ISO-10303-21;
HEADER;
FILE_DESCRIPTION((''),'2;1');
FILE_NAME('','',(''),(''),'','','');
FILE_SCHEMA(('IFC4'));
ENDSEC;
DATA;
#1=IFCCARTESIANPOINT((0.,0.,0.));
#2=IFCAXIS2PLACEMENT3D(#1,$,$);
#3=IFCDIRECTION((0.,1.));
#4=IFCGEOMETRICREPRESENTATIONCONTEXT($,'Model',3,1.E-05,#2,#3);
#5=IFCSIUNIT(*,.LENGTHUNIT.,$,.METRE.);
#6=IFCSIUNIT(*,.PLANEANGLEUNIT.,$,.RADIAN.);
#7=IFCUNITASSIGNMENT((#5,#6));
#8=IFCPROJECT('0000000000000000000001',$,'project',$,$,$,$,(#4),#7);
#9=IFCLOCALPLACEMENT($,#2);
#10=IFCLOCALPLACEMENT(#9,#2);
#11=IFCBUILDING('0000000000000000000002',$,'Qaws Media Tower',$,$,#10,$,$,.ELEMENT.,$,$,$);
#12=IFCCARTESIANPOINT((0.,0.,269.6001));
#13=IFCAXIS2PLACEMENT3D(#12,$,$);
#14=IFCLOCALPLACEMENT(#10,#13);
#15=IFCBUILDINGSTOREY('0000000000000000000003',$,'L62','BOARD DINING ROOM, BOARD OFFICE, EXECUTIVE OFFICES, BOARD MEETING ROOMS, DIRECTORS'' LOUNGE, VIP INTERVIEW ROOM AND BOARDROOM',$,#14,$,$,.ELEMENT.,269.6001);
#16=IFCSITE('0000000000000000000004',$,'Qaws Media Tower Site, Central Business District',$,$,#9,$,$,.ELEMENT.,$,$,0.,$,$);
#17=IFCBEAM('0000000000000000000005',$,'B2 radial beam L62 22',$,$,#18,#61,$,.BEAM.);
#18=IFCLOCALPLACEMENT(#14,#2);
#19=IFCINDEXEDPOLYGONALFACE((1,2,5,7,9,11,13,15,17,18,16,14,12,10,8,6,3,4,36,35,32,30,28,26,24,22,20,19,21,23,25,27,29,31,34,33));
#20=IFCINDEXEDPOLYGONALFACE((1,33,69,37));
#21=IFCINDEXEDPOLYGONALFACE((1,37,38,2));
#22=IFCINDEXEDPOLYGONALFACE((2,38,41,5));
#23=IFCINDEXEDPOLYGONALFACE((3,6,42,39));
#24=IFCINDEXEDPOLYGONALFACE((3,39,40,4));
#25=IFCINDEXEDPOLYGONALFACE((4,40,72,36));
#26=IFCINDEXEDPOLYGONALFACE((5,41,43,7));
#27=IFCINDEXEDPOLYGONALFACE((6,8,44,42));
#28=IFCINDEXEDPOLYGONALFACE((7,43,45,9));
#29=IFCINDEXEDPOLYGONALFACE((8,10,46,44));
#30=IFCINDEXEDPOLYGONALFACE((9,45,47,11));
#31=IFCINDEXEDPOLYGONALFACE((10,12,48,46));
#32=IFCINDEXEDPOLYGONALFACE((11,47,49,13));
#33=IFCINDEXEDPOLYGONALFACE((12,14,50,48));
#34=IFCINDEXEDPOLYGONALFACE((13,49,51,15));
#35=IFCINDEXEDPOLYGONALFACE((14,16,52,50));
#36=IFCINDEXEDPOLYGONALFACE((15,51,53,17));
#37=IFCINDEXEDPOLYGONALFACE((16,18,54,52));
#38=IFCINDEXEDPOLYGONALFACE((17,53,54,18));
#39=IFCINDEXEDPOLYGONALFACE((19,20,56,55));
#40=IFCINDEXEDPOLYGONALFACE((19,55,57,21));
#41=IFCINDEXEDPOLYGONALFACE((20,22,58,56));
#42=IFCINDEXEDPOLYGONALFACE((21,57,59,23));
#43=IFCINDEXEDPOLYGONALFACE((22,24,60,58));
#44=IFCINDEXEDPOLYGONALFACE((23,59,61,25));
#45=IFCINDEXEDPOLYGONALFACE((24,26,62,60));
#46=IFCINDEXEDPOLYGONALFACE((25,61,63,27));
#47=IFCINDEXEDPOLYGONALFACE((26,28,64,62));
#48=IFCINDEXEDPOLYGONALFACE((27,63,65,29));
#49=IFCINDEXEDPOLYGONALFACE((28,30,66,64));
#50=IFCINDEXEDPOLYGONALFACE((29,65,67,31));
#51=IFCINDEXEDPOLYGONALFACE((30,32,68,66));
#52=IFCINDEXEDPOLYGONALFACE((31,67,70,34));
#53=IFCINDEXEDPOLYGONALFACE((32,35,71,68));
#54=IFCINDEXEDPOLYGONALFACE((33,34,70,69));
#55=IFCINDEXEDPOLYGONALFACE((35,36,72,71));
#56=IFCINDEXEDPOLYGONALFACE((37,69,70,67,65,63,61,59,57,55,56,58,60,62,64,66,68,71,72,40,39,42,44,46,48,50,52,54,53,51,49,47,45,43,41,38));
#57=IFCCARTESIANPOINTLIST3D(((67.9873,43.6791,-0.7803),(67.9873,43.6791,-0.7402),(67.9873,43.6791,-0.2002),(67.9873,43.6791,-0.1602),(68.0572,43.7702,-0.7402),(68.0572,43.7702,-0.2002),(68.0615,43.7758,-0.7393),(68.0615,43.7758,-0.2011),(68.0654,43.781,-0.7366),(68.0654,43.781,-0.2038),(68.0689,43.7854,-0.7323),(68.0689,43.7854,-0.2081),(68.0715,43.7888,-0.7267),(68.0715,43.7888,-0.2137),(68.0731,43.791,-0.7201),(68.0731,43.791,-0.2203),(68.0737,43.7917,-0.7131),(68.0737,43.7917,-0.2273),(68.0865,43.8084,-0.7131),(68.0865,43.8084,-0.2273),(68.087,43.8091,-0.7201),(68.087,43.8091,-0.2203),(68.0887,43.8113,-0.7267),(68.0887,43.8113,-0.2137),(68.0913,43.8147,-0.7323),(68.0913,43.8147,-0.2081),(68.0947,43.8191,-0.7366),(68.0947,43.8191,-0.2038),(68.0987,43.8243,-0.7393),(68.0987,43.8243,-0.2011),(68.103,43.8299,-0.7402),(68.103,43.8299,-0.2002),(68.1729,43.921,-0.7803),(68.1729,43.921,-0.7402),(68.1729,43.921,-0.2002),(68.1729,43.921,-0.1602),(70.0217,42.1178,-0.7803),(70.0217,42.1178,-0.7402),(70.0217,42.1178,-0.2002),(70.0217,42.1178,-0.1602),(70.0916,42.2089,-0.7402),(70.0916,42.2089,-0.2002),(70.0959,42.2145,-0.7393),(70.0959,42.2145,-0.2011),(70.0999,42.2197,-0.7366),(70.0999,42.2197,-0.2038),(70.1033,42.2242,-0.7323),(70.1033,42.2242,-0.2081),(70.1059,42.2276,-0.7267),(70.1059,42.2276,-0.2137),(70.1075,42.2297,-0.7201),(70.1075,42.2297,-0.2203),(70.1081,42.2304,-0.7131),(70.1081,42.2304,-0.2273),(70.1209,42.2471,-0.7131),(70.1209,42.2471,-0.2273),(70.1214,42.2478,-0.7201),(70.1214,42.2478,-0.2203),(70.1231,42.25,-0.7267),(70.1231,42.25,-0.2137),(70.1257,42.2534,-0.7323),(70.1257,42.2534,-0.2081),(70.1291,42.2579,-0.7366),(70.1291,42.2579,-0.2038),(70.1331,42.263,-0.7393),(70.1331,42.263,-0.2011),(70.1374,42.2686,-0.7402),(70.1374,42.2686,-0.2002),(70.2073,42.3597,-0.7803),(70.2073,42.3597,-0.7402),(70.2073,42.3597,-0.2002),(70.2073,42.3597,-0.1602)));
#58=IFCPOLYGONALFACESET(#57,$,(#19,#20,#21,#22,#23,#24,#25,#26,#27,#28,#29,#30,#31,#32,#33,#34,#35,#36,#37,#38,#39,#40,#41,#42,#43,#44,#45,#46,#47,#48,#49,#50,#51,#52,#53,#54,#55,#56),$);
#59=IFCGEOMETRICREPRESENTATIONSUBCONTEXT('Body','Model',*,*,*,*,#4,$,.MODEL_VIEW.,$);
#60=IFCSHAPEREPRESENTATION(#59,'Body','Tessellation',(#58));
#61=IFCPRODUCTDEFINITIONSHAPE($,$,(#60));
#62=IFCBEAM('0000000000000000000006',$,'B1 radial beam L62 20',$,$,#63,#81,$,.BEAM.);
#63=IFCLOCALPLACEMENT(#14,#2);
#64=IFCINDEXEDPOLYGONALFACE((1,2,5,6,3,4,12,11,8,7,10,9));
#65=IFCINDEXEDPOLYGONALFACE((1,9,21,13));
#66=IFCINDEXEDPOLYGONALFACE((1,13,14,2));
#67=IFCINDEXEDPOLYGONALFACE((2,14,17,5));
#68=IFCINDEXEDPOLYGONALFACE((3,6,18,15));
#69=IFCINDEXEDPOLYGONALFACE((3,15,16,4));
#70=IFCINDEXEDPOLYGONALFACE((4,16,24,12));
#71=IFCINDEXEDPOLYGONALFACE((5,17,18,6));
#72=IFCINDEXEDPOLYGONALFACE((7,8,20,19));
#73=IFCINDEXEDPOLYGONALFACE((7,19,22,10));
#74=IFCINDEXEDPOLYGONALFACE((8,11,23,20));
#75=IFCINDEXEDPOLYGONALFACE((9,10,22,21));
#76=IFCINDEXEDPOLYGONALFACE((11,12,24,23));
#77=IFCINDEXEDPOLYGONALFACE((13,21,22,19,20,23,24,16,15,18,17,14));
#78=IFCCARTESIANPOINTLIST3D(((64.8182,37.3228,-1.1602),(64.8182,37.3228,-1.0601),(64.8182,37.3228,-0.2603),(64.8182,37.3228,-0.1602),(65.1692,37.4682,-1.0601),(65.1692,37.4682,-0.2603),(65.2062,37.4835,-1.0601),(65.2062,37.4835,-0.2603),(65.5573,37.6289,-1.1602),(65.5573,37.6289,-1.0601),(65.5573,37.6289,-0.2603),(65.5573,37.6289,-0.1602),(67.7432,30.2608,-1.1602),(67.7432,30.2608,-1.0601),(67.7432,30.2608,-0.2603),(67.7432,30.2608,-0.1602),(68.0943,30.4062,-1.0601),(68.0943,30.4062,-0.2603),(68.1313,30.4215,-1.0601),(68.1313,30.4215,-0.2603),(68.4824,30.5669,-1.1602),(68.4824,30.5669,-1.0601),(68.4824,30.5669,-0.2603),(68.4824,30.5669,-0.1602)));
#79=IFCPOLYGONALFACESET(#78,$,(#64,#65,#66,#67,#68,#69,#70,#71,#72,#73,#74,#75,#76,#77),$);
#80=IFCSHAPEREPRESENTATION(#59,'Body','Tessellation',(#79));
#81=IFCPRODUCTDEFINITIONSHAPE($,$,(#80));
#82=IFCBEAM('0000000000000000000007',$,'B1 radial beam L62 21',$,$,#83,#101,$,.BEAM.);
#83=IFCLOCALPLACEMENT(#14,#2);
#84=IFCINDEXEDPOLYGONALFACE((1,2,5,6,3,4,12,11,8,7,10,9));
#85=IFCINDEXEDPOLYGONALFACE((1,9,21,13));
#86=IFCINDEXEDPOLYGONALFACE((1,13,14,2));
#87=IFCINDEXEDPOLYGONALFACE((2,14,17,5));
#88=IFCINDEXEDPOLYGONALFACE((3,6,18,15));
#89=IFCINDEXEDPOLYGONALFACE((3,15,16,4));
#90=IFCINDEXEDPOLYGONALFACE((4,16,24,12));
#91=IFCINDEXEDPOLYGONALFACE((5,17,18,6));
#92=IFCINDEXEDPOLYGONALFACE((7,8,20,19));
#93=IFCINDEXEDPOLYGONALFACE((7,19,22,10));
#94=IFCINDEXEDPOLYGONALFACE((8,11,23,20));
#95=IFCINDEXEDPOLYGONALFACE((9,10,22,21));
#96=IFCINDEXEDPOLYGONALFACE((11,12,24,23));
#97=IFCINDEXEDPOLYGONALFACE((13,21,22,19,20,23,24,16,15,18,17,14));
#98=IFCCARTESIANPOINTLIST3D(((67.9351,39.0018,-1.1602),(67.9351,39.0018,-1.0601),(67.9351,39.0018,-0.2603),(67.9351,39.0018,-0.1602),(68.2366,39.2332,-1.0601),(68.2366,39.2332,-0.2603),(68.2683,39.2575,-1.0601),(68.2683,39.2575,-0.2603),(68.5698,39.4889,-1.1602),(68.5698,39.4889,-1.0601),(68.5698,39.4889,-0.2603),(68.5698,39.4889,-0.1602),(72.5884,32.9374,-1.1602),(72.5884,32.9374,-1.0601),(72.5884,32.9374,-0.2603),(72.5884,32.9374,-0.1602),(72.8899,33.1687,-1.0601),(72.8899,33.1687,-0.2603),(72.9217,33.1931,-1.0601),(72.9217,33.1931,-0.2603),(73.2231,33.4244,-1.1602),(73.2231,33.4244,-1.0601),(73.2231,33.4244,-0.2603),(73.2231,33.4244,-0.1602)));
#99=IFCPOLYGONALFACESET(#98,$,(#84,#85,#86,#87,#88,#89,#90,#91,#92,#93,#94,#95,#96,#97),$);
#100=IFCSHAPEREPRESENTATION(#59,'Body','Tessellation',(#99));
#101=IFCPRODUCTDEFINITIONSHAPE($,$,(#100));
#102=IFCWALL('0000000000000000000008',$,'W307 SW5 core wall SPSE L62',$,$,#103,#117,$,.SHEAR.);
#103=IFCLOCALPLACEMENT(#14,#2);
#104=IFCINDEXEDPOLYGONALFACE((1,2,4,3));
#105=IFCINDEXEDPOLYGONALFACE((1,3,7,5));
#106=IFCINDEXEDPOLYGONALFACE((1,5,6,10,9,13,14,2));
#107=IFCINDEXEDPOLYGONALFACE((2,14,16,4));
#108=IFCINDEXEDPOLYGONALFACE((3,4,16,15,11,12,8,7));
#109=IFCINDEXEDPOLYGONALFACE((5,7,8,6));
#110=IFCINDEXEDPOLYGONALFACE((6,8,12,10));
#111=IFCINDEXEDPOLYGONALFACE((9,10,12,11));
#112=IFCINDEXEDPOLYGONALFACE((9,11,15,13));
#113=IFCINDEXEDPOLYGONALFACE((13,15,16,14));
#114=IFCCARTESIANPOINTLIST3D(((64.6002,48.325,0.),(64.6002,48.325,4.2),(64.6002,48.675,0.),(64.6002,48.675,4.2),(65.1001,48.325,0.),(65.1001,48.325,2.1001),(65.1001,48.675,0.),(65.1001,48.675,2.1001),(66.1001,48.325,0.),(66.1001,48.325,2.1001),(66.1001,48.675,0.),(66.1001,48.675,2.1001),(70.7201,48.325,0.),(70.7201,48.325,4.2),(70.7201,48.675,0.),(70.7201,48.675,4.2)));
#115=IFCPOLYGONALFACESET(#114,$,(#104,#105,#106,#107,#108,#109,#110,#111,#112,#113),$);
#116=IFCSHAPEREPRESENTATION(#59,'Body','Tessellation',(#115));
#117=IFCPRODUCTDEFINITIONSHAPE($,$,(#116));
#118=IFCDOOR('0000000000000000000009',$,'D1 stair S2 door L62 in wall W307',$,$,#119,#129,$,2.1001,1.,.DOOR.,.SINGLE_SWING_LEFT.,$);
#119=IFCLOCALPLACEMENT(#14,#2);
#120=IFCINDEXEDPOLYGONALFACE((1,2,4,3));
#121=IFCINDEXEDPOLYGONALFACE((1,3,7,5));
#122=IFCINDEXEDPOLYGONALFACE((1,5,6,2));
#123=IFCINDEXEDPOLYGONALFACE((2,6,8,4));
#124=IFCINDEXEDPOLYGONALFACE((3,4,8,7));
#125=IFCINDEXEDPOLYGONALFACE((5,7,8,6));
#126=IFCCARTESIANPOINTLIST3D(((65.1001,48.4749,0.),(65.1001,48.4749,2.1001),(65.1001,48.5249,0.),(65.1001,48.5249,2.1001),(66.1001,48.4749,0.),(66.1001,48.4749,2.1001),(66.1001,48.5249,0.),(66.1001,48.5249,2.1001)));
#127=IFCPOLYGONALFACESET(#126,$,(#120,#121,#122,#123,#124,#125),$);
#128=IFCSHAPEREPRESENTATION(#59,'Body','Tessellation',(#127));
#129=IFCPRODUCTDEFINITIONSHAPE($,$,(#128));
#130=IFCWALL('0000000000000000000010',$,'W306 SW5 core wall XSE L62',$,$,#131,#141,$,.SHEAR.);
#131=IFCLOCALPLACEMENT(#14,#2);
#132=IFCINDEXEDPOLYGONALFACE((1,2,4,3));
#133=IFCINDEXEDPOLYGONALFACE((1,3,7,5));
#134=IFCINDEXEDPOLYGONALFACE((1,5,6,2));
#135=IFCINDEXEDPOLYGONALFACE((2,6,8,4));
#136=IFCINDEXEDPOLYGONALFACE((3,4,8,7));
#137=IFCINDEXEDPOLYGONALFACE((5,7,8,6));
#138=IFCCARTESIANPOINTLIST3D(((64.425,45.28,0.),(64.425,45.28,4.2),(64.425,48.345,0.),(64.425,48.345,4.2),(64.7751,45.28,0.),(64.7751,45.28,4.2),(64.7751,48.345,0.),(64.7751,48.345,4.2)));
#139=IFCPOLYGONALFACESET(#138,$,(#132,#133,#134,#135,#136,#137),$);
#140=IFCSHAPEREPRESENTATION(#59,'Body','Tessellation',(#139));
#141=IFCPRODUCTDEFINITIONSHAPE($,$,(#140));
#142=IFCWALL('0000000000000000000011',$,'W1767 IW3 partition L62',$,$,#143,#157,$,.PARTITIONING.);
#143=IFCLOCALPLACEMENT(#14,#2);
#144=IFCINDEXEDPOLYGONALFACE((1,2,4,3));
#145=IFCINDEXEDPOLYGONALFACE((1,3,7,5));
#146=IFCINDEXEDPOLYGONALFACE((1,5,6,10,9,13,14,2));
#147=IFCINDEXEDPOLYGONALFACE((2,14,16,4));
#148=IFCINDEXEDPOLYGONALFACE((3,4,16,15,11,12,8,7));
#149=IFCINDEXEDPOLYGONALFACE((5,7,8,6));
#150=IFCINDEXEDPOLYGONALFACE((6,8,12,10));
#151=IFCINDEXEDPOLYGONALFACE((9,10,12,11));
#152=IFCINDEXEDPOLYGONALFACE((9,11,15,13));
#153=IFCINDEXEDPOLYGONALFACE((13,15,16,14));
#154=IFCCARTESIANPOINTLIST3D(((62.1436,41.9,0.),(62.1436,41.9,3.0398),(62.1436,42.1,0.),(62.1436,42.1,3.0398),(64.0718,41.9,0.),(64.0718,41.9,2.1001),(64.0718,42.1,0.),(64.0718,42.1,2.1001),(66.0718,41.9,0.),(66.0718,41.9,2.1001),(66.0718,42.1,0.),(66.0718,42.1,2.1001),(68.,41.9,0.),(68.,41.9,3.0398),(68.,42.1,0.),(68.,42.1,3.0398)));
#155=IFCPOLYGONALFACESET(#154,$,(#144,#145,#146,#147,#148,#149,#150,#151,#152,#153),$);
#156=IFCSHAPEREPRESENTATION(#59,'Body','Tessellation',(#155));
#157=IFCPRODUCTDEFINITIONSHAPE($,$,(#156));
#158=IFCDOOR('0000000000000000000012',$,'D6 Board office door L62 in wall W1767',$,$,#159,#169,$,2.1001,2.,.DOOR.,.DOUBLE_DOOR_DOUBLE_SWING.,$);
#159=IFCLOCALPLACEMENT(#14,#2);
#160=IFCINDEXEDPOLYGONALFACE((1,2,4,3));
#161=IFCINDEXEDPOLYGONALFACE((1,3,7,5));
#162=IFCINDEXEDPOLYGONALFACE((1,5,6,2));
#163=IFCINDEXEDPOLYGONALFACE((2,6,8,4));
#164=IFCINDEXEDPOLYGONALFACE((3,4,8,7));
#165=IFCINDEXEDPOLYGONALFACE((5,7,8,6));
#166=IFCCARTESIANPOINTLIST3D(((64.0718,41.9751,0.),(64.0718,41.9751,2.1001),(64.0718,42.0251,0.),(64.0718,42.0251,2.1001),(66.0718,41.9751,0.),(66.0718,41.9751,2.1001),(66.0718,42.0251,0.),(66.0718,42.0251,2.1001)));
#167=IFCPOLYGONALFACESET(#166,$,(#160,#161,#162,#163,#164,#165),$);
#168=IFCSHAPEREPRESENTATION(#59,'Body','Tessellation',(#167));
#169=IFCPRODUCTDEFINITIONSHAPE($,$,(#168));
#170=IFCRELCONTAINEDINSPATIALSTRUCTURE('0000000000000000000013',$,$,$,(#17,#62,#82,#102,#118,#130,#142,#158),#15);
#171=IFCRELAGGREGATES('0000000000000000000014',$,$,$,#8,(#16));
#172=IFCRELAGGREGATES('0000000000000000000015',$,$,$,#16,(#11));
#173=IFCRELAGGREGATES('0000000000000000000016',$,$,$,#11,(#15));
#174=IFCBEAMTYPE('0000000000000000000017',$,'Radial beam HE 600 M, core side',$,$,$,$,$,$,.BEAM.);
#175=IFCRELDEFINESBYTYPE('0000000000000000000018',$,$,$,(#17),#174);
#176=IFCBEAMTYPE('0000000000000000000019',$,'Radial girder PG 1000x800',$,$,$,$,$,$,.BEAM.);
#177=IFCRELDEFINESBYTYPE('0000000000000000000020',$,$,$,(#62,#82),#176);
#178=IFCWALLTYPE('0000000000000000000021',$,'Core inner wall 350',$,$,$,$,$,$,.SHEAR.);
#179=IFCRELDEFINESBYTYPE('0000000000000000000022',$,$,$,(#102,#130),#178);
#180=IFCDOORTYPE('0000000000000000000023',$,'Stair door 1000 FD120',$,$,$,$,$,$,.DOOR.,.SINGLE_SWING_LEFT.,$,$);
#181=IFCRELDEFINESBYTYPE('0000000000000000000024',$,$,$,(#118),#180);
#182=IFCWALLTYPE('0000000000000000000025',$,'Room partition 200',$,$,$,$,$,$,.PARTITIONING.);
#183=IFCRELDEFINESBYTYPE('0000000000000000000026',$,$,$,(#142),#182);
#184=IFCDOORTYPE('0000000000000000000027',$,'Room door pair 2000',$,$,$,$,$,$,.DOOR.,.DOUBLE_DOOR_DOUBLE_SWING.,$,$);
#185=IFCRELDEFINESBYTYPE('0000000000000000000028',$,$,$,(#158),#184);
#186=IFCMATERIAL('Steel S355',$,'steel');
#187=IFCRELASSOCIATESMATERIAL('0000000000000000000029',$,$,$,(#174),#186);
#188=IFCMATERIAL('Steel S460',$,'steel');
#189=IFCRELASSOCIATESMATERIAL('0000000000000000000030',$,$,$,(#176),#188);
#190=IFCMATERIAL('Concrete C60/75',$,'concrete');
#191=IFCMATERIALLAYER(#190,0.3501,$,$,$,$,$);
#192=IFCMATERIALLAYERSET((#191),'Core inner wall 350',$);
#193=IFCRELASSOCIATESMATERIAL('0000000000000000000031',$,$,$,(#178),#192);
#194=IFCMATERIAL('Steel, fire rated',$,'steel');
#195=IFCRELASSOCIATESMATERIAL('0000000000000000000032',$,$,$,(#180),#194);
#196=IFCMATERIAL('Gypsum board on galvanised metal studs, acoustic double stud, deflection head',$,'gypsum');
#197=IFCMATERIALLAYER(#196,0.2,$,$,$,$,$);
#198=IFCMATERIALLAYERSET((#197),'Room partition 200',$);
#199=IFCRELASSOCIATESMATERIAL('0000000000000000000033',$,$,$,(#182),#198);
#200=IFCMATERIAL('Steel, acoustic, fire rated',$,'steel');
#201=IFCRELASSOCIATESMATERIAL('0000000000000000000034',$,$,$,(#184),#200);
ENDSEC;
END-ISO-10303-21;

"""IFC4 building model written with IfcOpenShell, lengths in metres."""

from ifc_helpers import new_model, si_unit, direction, frame, frame_2d, origin, origin_2d, place, context, subcontext, project, spatial, rectangle, i_section, extrude, material, layer, layer_set, material_profile, profile_set, type_object, element, fill, save


model = new_model("IFC4")

# Units and contexts
model_context = context("Model", 3, precision=1e-05, world=origin(), true_north=direction((0.0, 1.0)))
body_context = subcontext(model_context, "Body", "Model", "MODEL_VIEW")
ifc_project = project(units=[si_unit("LENGTHUNIT", "METRE"), si_unit("PLANEANGLEUNIT", "RADIAN")], contexts=[model_context])

# Site, building, storey
site_placement = place(None, origin())
site = spatial("IfcSite", under=ifc_project, at=site_placement, Name="Qaws Media Tower Site, Central Business District", CompositionType="ELEMENT", RefElevation=0.0)
building_placement = place(site_placement, origin())
building = spatial("IfcBuilding", under=site, at=building_placement, Name="Qaws Media Tower", CompositionType="ELEMENT")
storey_placement = place(building_placement, frame((0.0, 0.0, 269.6001)))
storey = spatial("IfcBuildingStorey", under=building, at=storey_placement, Name="L62", Description="BOARD DINING ROOM, BOARD OFFICE, EXECUTIVE OFFICES, BOARD MEETING ROOMS, DIRECTORS' LOUNGE, VIP INTERVIEW ROOM AND BOARDROOM", CompositionType="ELEMENT", Elevation=269.6001)

# Beams
ifc_material_1 = material(Name="Steel S355", Category="steel")
ifc_material_profile_1 = material_profile(ifc_material_1, i_section(OverallWidth=0.3049, OverallDepth=0.6201, WebThickness=0.021, FlangeThickness=0.04, FilletRadius=0.0271, at=origin_2d()), Name="HE 600 M")
ifc_profile_set_1 = profile_set([ifc_material_profile_1], Name="Steel S355")
beam_type_1 = type_object("IfcBeamType", Name="Radial beam HE 600 M, core side", PredefinedType="BEAM", material=ifc_profile_set_1)
beam_1_placement = place(storey_placement, frame((68.0801, 43.8, -0.4702), z_axis=(0.793314, -0.608813, 0.0), x_axis=(0.608813, 0.793314, 0.0)))
element("IfcBeam", 1, at=beam_1_placement, inside=storey, type_object=beam_type_1, Name="B2 radial beam L62 22", PredefinedType="BEAM", context=body_context, shape_type="SweptSolid", body=[
    extrude(i_section(OverallWidth=0.3049, OverallDepth=0.6201, WebThickness=0.021, FlangeThickness=0.04, FilletRadius=0.0271, at=origin_2d()), origin(), (0.0, 0.0, 1.0), 2.5645),
])
ifc_material_2 = material(Name="Steel S460", Category="steel")
ifc_material_profile_2 = material_profile(ifc_material_2, i_section(OverallWidth=0.8, OverallDepth=1.0, WebThickness=0.04, FlangeThickness=0.1001, at=origin_2d()), Name="PG 1000x800")
ifc_profile_set_2 = profile_set([ifc_material_profile_2], Name="Steel S460")
beam_type_2 = type_object("IfcBeamType", Name="Radial girder PG 1000x800", PredefinedType="BEAM", material=ifc_profile_set_2)
beam_2_placement = place(storey_placement, frame((65.1877, 37.4758, -0.6602), z_axis=(0.382669, -0.923886, 0.0), x_axis=(0.923886, 0.382669, 0.0)))
element("IfcBeam", 2, at=beam_2_placement, inside=storey, type_object=beam_type_2, Name="B1 radial beam L62 20", PredefinedType="BEAM", context=body_context, shape_type="SweptSolid", body=[
    extrude(i_section(OverallWidth=0.8, OverallDepth=1.0, WebThickness=0.04, FlangeThickness=0.1001, at=origin_2d()), origin(), (0.0, 0.0, 1.0), 7.6438),
])
beam_3_placement = place(storey_placement, frame((68.2524, 39.2454, -0.6602), z_axis=(0.608753, -0.79336, 0.0), x_axis=(0.79336, 0.608753, 0.0)))
element("IfcBeam", 3, at=beam_3_placement, inside=storey, type_object=beam_type_2, Name="B1 radial beam L62 21", PredefinedType="BEAM", context=body_context, shape_type="SweptSolid", body=[
    extrude(i_section(OverallWidth=0.8, OverallDepth=1.0, WebThickness=0.04, FlangeThickness=0.1001, at=origin_2d()), origin(), (0.0, 0.0, 1.0), 7.644),
])

# Wall, opening, door
ifc_material_3 = material(Name="Concrete C60/75", Category="concrete")
ifc_layer_1 = layer(ifc_material_3, 0.3501)
ifc_layer_set_1 = layer_set([ifc_layer_1], Name="Core inner wall 350")
wall_type_1 = type_object("IfcWallType", Name="Core inner wall 350", PredefinedType="SHEAR", material=ifc_layer_set_1)
wall_1_placement = place(storey_placement, frame((64.6001, 48.5, 0.0), z_axis=(0.0, 0.0, 1.0), x_axis=(1.0, 0.0, 0.0)))
wall_1 = element("IfcWall", 4, at=wall_1_placement, inside=storey, type_object=wall_type_1, Name="W307 SW5 core wall SPSE L62", PredefinedType="SHEAR", context=body_context, shape_type="SweptSolid", body=[
    extrude(rectangle(XDim=6.1199, YDim=0.3501, at=frame_2d((3.0601, 0.0))), origin(), (0.0, 0.0, 1.0), 4.2),
])
opening_1_placement = place(wall_1_placement, frame((0.5, 0.0, 0.0)))
opening_1 = element("IfcOpeningElement", 5, at=opening_1_placement, cuts=wall_1, PredefinedType="OPENING", context=body_context, shape_type="SweptSolid", body=[
    extrude(rectangle(XDim=1.0, YDim=2.1001, at=frame_2d((0.5, 1.05))), frame((0.0, 0.1851, 0.0), z_axis=(0.0, -1.0, 0.0), x_axis=(1.0, 0.0, 0.0)), (0.0, 0.0, 1.0), 0.3701),
])
ifc_material_4 = material(Name="Steel, fire rated", Category="steel")
door_type_1 = type_object("IfcDoorType", Name="Stair door 1000 FD120", OperationType="SINGLE_SWING_LEFT", PredefinedType="DOOR", material=ifc_material_4)
door_1_placement = place(opening_1_placement, origin())
door_1 = element("IfcDoor", 6, at=door_1_placement, inside=storey, type_object=door_type_1, Name="D1 stair S2 door L62 in wall W307", OperationType="SINGLE_SWING_LEFT", OverallHeight=2.1001, OverallWidth=1.0, PredefinedType="DOOR", context=body_context, shape_type="SweptSolid", body=[
    extrude(rectangle(XDim=1.0, YDim=2.1001, at=frame_2d((0.5, 1.05))), frame((0.0, 0.0249, 0.0), z_axis=(0.0, -1.0, 0.0), x_axis=(1.0, 0.0, 0.0)), (0.0, 0.0, 1.0), 0.05),
])
fill(opening_1, door_1)

# Wall
wall_2_placement = place(storey_placement, frame((64.6001, 48.345, 0.0), z_axis=(0.0, 0.0, 1.0), x_axis=(0.0, -1.0, 0.0)))
element("IfcWall", 7, at=wall_2_placement, inside=storey, type_object=wall_type_1, Name="W306 SW5 core wall XSE L62", PredefinedType="SHEAR", context=body_context, shape_type="SweptSolid", body=[
    extrude(rectangle(XDim=3.0649, YDim=0.3501, at=frame_2d((1.5325, 0.0))), origin(), (0.0, 0.0, 1.0), 4.2),
])

# Wall, opening, door
ifc_material_5 = material(Name="Gypsum board on galvanised metal studs, acoustic double stud, deflection head", Category="gypsum")
ifc_layer_2 = layer(ifc_material_5, 0.2)
ifc_layer_set_2 = layer_set([ifc_layer_2], Name="Room partition 200")
wall_type_2 = type_object("IfcWallType", Name="Room partition 200", PredefinedType="PARTITIONING", material=ifc_layer_set_2)
wall_3_placement = place(storey_placement, frame((68.0, 42.0, 0.0), z_axis=(0.0, 0.0, 1.0), x_axis=(-1.0, 0.0, 0.0)))
wall_3 = element("IfcWall", 8, at=wall_3_placement, inside=storey, type_object=wall_type_2, Name="W1767 IW3 partition L62", PredefinedType="PARTITIONING", context=body_context, shape_type="SweptSolid", body=[
    extrude(rectangle(XDim=5.8564, YDim=0.2, at=frame_2d((2.9282, 0.0))), origin(), (0.0, 0.0, 1.0), 3.0398),
])
opening_2_placement = place(wall_3_placement, frame((1.9282, 0.0, 0.0)))
opening_2 = element("IfcOpeningElement", 9, at=opening_2_placement, cuts=wall_3, PredefinedType="OPENING", context=body_context, shape_type="SweptSolid", body=[
    extrude(rectangle(XDim=2.0, YDim=2.1001, at=frame_2d((1.0, 1.05))), frame((0.0, 0.1099, 0.0), z_axis=(0.0, -1.0, 0.0), x_axis=(1.0, 0.0, 0.0)), (0.0, 0.0, 1.0), 0.22),
])
ifc_material_6 = material(Name="Steel, acoustic, fire rated", Category="steel")
door_type_2 = type_object("IfcDoorType", Name="Room door pair 2000", OperationType="DOUBLE_DOOR_DOUBLE_SWING", PredefinedType="DOOR", material=ifc_material_6)
door_2_placement = place(opening_2_placement, origin())
door_2 = element("IfcDoor", 10, at=door_2_placement, inside=storey, type_object=door_type_2, Name="D6 Board office door L62 in wall W1767", OperationType="DOUBLE_DOOR_DOUBLE_SWING", OverallHeight=2.1001, OverallWidth=2.0, PredefinedType="DOOR", context=body_context, shape_type="SweptSolid", body=[
    extrude(rectangle(XDim=2.0, YDim=2.1001, at=frame_2d((1.0, 1.05))), frame((0.0, 0.0249, 0.0), z_axis=(0.0, -1.0, 0.0), x_axis=(1.0, 0.0, 0.0)), (0.0, 0.0, 1.0), 0.05),
])
fill(opening_2, door_2)

save(model, "model.ifc")
